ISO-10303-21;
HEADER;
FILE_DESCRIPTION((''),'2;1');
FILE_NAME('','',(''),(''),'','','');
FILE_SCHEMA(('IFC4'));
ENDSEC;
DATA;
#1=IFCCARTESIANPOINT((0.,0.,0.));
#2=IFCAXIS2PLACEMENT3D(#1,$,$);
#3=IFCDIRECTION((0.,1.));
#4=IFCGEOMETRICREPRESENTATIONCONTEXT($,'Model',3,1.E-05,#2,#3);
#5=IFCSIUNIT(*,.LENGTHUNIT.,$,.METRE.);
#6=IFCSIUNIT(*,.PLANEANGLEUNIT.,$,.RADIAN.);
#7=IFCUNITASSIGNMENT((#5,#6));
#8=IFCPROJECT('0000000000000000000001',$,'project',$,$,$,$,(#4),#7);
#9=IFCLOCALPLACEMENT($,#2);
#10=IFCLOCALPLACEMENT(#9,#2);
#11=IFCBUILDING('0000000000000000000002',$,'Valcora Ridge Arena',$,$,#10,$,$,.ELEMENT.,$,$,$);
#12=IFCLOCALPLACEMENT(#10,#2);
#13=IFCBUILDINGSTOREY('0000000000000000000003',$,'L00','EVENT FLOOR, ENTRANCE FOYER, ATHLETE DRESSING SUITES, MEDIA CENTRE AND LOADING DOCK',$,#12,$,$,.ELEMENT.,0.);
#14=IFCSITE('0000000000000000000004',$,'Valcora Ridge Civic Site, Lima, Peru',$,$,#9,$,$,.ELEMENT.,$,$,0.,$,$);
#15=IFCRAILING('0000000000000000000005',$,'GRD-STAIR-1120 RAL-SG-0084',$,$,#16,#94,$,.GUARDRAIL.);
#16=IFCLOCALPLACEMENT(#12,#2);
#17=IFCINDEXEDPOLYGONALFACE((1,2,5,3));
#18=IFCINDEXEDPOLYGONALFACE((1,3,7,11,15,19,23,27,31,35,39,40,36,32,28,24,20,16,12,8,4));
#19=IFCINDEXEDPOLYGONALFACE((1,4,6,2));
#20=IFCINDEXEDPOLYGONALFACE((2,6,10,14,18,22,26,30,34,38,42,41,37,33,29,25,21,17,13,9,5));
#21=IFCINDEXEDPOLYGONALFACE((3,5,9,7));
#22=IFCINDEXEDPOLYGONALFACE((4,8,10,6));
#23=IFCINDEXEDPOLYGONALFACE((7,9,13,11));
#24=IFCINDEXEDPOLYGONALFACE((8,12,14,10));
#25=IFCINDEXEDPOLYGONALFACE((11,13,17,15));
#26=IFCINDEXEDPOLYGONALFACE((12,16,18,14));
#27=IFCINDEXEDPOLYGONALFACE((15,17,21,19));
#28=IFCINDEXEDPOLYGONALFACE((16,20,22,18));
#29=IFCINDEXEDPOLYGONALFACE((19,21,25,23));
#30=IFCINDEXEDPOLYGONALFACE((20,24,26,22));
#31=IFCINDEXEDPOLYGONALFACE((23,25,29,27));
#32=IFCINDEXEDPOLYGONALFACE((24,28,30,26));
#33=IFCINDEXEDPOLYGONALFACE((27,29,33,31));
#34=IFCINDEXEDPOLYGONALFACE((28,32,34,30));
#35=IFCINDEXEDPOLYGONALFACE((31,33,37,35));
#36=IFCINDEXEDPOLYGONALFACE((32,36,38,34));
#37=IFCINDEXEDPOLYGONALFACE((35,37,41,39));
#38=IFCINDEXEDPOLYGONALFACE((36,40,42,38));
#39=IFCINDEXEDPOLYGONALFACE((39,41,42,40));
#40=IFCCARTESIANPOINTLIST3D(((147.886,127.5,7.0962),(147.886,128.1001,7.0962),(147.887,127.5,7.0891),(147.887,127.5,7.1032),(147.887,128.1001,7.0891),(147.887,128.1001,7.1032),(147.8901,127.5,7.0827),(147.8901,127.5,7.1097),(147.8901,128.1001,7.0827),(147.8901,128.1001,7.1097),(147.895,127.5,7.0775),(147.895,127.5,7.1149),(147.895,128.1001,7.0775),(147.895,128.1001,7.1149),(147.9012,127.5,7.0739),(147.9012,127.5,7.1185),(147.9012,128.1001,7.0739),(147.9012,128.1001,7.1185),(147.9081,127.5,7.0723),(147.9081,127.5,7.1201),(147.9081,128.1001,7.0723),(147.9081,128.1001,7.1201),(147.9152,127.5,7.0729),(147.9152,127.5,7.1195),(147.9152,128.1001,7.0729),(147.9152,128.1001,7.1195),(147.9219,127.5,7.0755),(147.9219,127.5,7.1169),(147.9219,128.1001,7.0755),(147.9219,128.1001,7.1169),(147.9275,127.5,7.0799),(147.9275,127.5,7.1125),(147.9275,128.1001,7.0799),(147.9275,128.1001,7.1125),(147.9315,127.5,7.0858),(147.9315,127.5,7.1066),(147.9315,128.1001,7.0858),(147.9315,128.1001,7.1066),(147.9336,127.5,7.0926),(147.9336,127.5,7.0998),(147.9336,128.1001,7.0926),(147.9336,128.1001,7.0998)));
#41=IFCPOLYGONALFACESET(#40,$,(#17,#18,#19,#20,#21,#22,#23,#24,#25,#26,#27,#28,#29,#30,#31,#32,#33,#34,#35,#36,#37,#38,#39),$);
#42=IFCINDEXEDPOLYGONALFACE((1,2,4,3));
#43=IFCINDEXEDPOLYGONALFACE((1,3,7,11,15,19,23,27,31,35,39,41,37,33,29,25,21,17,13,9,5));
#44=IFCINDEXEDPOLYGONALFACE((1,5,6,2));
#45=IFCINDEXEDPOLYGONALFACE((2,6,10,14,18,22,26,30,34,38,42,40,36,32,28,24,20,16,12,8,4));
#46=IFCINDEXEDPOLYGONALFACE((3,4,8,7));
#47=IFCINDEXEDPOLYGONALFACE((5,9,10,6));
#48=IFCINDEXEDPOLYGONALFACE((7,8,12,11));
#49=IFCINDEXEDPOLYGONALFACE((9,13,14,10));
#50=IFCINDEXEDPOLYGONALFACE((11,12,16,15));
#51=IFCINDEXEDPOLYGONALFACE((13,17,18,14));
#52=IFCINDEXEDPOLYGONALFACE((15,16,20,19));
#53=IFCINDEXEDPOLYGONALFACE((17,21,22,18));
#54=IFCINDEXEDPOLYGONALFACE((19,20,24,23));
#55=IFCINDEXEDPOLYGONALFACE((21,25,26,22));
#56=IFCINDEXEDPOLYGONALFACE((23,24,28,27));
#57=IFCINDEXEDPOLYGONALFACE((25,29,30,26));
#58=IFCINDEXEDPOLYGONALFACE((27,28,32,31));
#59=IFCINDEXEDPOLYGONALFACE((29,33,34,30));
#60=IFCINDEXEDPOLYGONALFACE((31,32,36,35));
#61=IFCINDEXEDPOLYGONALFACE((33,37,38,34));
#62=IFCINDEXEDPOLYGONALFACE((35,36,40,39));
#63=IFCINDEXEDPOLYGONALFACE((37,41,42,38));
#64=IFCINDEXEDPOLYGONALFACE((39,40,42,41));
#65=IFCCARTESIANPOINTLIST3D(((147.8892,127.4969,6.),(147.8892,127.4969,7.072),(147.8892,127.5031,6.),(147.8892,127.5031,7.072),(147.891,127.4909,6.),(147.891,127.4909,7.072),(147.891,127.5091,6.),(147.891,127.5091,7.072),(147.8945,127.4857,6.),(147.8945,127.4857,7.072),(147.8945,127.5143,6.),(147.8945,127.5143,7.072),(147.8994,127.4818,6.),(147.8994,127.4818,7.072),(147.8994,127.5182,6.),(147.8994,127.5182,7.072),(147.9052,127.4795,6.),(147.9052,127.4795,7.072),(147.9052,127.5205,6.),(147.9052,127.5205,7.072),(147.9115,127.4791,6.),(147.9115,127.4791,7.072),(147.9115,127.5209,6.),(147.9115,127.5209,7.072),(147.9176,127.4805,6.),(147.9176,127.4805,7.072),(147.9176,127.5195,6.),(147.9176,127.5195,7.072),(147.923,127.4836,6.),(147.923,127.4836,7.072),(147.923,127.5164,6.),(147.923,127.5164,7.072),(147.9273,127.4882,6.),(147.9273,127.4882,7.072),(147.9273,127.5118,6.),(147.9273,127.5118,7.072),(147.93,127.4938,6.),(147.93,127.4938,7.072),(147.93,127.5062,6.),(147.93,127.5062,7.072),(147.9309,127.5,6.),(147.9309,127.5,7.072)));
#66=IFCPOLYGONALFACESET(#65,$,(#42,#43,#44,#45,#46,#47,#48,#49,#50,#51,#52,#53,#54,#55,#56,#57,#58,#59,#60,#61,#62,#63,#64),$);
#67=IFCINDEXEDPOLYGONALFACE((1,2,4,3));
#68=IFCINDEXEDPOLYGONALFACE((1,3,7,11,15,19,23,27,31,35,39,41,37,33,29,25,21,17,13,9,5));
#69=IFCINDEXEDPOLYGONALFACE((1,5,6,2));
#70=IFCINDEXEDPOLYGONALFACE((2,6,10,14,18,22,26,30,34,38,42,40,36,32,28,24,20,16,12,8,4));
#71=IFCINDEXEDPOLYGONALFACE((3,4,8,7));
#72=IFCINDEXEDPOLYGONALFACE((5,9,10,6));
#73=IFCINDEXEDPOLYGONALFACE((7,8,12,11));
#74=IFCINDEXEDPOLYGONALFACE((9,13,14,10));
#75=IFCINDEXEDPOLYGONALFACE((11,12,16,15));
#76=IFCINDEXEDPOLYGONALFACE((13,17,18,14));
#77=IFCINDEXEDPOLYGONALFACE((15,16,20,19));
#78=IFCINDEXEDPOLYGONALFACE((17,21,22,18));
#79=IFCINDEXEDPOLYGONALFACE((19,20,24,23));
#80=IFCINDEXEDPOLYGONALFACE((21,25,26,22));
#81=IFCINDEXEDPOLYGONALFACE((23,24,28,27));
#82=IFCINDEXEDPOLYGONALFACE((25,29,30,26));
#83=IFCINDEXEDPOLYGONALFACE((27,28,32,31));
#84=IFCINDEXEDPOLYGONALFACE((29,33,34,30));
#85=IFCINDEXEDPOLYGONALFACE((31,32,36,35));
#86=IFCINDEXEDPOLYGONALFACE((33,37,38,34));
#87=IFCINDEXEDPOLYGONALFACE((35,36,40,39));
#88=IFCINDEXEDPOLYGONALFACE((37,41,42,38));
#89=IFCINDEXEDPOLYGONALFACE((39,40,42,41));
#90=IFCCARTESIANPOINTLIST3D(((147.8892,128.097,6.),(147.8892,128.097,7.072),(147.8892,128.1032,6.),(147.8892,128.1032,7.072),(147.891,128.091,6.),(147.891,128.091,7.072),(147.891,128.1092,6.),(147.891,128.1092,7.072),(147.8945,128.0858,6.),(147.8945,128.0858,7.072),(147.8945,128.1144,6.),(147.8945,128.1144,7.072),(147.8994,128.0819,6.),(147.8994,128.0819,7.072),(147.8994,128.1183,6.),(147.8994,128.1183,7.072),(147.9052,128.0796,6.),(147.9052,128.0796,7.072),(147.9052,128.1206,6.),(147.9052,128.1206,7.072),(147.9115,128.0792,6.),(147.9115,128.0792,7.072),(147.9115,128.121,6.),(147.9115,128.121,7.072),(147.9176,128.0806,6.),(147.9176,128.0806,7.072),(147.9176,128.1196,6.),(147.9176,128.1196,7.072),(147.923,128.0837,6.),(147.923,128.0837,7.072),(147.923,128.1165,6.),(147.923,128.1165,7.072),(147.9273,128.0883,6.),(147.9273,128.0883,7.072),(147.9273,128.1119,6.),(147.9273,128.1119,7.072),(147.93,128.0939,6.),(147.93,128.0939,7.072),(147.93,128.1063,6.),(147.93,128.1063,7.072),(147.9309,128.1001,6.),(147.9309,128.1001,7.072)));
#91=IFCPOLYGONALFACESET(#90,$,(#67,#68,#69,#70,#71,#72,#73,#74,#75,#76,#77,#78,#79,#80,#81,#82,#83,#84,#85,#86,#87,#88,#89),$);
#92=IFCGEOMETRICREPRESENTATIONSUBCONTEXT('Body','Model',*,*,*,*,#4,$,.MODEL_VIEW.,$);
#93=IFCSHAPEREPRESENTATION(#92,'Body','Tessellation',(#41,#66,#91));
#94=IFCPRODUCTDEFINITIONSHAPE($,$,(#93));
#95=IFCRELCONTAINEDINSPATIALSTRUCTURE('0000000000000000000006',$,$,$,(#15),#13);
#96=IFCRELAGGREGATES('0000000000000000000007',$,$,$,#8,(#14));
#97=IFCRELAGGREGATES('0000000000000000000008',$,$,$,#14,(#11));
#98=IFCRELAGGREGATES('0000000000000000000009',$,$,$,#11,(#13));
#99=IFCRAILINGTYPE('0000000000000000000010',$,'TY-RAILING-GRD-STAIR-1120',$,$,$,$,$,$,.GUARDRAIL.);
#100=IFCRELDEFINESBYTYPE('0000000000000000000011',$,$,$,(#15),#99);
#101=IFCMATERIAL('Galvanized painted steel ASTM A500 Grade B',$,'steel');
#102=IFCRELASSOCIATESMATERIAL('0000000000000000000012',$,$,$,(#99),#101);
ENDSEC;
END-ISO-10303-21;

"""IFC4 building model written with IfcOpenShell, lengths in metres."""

from ifc_helpers import new_model, si_unit, direction, frame, origin, origin_2d, place, context, subcontext, project, spatial, circle, extrude, material, type_object, element, save


model = new_model("IFC4")

# Units and contexts
model_context = context("Model", 3, precision=1e-05, world=origin(), true_north=direction((0.0, 1.0)))
body_context = subcontext(model_context, "Body", "Model", "MODEL_VIEW")
ifc_project = project(units=[si_unit("LENGTHUNIT", "METRE"), si_unit("PLANEANGLEUNIT", "RADIAN")], contexts=[model_context])

# Site, building, storey
site_placement = place(None, origin())
site = spatial("IfcSite", under=ifc_project, at=site_placement, Name="Valcora Ridge Civic Site, Lima, Peru", CompositionType="ELEMENT", RefElevation=0.0)
building_placement = place(site_placement, origin())
building = spatial("IfcBuilding", under=site, at=building_placement, Name="Valcora Ridge Arena", CompositionType="ELEMENT")
storey_placement = place(building_placement, origin())
storey = spatial("IfcBuildingStorey", under=building, at=storey_placement, Name="L00", Description="EVENT FLOOR, ENTRANCE FOYER, ATHLETE DRESSING SUITES, MEDIA CENTRE AND LOADING DOCK", CompositionType="ELEMENT", Elevation=0.0)

# Railing
ifc_material_1 = material(Name="Galvanized painted steel ASTM A500 Grade B", Category="steel")
railing_type = type_object("IfcRailingType", Name="TY-RAILING-GRD-STAIR-1120", PredefinedType="GUARDRAIL", material=ifc_material_1)
railing_1_placement = place(storey_placement, frame((147.9099, 127.5, 6.0)))
element("IfcRailing", 1, at=railing_1_placement, inside=storey, type_object=railing_type, Name="GRD-STAIR-1120 RAL-SG-0084", PredefinedType="GUARDRAIL", context=body_context, shape_type="SweptSolid", body=[
    extrude(circle(Radius=0.0239, at=origin_2d()), frame((0.0, 0.0, 1.0962), z_axis=(0.0, 1.0, 0.0), x_axis=(-1.0, 0.0, 0.0)), (0.0, 0.0, 1.0), 0.6001),
    extrude(circle(Radius=0.021, at=origin_2d()), origin(), (0.0, 0.0, 1.0), 1.072),
    extrude(circle(Radius=0.021, at=origin_2d()), frame((0.0, 0.6001, 0.0)), (0.0, 0.0, 1.0), 1.072),
])

save(model, "model.ifc")
